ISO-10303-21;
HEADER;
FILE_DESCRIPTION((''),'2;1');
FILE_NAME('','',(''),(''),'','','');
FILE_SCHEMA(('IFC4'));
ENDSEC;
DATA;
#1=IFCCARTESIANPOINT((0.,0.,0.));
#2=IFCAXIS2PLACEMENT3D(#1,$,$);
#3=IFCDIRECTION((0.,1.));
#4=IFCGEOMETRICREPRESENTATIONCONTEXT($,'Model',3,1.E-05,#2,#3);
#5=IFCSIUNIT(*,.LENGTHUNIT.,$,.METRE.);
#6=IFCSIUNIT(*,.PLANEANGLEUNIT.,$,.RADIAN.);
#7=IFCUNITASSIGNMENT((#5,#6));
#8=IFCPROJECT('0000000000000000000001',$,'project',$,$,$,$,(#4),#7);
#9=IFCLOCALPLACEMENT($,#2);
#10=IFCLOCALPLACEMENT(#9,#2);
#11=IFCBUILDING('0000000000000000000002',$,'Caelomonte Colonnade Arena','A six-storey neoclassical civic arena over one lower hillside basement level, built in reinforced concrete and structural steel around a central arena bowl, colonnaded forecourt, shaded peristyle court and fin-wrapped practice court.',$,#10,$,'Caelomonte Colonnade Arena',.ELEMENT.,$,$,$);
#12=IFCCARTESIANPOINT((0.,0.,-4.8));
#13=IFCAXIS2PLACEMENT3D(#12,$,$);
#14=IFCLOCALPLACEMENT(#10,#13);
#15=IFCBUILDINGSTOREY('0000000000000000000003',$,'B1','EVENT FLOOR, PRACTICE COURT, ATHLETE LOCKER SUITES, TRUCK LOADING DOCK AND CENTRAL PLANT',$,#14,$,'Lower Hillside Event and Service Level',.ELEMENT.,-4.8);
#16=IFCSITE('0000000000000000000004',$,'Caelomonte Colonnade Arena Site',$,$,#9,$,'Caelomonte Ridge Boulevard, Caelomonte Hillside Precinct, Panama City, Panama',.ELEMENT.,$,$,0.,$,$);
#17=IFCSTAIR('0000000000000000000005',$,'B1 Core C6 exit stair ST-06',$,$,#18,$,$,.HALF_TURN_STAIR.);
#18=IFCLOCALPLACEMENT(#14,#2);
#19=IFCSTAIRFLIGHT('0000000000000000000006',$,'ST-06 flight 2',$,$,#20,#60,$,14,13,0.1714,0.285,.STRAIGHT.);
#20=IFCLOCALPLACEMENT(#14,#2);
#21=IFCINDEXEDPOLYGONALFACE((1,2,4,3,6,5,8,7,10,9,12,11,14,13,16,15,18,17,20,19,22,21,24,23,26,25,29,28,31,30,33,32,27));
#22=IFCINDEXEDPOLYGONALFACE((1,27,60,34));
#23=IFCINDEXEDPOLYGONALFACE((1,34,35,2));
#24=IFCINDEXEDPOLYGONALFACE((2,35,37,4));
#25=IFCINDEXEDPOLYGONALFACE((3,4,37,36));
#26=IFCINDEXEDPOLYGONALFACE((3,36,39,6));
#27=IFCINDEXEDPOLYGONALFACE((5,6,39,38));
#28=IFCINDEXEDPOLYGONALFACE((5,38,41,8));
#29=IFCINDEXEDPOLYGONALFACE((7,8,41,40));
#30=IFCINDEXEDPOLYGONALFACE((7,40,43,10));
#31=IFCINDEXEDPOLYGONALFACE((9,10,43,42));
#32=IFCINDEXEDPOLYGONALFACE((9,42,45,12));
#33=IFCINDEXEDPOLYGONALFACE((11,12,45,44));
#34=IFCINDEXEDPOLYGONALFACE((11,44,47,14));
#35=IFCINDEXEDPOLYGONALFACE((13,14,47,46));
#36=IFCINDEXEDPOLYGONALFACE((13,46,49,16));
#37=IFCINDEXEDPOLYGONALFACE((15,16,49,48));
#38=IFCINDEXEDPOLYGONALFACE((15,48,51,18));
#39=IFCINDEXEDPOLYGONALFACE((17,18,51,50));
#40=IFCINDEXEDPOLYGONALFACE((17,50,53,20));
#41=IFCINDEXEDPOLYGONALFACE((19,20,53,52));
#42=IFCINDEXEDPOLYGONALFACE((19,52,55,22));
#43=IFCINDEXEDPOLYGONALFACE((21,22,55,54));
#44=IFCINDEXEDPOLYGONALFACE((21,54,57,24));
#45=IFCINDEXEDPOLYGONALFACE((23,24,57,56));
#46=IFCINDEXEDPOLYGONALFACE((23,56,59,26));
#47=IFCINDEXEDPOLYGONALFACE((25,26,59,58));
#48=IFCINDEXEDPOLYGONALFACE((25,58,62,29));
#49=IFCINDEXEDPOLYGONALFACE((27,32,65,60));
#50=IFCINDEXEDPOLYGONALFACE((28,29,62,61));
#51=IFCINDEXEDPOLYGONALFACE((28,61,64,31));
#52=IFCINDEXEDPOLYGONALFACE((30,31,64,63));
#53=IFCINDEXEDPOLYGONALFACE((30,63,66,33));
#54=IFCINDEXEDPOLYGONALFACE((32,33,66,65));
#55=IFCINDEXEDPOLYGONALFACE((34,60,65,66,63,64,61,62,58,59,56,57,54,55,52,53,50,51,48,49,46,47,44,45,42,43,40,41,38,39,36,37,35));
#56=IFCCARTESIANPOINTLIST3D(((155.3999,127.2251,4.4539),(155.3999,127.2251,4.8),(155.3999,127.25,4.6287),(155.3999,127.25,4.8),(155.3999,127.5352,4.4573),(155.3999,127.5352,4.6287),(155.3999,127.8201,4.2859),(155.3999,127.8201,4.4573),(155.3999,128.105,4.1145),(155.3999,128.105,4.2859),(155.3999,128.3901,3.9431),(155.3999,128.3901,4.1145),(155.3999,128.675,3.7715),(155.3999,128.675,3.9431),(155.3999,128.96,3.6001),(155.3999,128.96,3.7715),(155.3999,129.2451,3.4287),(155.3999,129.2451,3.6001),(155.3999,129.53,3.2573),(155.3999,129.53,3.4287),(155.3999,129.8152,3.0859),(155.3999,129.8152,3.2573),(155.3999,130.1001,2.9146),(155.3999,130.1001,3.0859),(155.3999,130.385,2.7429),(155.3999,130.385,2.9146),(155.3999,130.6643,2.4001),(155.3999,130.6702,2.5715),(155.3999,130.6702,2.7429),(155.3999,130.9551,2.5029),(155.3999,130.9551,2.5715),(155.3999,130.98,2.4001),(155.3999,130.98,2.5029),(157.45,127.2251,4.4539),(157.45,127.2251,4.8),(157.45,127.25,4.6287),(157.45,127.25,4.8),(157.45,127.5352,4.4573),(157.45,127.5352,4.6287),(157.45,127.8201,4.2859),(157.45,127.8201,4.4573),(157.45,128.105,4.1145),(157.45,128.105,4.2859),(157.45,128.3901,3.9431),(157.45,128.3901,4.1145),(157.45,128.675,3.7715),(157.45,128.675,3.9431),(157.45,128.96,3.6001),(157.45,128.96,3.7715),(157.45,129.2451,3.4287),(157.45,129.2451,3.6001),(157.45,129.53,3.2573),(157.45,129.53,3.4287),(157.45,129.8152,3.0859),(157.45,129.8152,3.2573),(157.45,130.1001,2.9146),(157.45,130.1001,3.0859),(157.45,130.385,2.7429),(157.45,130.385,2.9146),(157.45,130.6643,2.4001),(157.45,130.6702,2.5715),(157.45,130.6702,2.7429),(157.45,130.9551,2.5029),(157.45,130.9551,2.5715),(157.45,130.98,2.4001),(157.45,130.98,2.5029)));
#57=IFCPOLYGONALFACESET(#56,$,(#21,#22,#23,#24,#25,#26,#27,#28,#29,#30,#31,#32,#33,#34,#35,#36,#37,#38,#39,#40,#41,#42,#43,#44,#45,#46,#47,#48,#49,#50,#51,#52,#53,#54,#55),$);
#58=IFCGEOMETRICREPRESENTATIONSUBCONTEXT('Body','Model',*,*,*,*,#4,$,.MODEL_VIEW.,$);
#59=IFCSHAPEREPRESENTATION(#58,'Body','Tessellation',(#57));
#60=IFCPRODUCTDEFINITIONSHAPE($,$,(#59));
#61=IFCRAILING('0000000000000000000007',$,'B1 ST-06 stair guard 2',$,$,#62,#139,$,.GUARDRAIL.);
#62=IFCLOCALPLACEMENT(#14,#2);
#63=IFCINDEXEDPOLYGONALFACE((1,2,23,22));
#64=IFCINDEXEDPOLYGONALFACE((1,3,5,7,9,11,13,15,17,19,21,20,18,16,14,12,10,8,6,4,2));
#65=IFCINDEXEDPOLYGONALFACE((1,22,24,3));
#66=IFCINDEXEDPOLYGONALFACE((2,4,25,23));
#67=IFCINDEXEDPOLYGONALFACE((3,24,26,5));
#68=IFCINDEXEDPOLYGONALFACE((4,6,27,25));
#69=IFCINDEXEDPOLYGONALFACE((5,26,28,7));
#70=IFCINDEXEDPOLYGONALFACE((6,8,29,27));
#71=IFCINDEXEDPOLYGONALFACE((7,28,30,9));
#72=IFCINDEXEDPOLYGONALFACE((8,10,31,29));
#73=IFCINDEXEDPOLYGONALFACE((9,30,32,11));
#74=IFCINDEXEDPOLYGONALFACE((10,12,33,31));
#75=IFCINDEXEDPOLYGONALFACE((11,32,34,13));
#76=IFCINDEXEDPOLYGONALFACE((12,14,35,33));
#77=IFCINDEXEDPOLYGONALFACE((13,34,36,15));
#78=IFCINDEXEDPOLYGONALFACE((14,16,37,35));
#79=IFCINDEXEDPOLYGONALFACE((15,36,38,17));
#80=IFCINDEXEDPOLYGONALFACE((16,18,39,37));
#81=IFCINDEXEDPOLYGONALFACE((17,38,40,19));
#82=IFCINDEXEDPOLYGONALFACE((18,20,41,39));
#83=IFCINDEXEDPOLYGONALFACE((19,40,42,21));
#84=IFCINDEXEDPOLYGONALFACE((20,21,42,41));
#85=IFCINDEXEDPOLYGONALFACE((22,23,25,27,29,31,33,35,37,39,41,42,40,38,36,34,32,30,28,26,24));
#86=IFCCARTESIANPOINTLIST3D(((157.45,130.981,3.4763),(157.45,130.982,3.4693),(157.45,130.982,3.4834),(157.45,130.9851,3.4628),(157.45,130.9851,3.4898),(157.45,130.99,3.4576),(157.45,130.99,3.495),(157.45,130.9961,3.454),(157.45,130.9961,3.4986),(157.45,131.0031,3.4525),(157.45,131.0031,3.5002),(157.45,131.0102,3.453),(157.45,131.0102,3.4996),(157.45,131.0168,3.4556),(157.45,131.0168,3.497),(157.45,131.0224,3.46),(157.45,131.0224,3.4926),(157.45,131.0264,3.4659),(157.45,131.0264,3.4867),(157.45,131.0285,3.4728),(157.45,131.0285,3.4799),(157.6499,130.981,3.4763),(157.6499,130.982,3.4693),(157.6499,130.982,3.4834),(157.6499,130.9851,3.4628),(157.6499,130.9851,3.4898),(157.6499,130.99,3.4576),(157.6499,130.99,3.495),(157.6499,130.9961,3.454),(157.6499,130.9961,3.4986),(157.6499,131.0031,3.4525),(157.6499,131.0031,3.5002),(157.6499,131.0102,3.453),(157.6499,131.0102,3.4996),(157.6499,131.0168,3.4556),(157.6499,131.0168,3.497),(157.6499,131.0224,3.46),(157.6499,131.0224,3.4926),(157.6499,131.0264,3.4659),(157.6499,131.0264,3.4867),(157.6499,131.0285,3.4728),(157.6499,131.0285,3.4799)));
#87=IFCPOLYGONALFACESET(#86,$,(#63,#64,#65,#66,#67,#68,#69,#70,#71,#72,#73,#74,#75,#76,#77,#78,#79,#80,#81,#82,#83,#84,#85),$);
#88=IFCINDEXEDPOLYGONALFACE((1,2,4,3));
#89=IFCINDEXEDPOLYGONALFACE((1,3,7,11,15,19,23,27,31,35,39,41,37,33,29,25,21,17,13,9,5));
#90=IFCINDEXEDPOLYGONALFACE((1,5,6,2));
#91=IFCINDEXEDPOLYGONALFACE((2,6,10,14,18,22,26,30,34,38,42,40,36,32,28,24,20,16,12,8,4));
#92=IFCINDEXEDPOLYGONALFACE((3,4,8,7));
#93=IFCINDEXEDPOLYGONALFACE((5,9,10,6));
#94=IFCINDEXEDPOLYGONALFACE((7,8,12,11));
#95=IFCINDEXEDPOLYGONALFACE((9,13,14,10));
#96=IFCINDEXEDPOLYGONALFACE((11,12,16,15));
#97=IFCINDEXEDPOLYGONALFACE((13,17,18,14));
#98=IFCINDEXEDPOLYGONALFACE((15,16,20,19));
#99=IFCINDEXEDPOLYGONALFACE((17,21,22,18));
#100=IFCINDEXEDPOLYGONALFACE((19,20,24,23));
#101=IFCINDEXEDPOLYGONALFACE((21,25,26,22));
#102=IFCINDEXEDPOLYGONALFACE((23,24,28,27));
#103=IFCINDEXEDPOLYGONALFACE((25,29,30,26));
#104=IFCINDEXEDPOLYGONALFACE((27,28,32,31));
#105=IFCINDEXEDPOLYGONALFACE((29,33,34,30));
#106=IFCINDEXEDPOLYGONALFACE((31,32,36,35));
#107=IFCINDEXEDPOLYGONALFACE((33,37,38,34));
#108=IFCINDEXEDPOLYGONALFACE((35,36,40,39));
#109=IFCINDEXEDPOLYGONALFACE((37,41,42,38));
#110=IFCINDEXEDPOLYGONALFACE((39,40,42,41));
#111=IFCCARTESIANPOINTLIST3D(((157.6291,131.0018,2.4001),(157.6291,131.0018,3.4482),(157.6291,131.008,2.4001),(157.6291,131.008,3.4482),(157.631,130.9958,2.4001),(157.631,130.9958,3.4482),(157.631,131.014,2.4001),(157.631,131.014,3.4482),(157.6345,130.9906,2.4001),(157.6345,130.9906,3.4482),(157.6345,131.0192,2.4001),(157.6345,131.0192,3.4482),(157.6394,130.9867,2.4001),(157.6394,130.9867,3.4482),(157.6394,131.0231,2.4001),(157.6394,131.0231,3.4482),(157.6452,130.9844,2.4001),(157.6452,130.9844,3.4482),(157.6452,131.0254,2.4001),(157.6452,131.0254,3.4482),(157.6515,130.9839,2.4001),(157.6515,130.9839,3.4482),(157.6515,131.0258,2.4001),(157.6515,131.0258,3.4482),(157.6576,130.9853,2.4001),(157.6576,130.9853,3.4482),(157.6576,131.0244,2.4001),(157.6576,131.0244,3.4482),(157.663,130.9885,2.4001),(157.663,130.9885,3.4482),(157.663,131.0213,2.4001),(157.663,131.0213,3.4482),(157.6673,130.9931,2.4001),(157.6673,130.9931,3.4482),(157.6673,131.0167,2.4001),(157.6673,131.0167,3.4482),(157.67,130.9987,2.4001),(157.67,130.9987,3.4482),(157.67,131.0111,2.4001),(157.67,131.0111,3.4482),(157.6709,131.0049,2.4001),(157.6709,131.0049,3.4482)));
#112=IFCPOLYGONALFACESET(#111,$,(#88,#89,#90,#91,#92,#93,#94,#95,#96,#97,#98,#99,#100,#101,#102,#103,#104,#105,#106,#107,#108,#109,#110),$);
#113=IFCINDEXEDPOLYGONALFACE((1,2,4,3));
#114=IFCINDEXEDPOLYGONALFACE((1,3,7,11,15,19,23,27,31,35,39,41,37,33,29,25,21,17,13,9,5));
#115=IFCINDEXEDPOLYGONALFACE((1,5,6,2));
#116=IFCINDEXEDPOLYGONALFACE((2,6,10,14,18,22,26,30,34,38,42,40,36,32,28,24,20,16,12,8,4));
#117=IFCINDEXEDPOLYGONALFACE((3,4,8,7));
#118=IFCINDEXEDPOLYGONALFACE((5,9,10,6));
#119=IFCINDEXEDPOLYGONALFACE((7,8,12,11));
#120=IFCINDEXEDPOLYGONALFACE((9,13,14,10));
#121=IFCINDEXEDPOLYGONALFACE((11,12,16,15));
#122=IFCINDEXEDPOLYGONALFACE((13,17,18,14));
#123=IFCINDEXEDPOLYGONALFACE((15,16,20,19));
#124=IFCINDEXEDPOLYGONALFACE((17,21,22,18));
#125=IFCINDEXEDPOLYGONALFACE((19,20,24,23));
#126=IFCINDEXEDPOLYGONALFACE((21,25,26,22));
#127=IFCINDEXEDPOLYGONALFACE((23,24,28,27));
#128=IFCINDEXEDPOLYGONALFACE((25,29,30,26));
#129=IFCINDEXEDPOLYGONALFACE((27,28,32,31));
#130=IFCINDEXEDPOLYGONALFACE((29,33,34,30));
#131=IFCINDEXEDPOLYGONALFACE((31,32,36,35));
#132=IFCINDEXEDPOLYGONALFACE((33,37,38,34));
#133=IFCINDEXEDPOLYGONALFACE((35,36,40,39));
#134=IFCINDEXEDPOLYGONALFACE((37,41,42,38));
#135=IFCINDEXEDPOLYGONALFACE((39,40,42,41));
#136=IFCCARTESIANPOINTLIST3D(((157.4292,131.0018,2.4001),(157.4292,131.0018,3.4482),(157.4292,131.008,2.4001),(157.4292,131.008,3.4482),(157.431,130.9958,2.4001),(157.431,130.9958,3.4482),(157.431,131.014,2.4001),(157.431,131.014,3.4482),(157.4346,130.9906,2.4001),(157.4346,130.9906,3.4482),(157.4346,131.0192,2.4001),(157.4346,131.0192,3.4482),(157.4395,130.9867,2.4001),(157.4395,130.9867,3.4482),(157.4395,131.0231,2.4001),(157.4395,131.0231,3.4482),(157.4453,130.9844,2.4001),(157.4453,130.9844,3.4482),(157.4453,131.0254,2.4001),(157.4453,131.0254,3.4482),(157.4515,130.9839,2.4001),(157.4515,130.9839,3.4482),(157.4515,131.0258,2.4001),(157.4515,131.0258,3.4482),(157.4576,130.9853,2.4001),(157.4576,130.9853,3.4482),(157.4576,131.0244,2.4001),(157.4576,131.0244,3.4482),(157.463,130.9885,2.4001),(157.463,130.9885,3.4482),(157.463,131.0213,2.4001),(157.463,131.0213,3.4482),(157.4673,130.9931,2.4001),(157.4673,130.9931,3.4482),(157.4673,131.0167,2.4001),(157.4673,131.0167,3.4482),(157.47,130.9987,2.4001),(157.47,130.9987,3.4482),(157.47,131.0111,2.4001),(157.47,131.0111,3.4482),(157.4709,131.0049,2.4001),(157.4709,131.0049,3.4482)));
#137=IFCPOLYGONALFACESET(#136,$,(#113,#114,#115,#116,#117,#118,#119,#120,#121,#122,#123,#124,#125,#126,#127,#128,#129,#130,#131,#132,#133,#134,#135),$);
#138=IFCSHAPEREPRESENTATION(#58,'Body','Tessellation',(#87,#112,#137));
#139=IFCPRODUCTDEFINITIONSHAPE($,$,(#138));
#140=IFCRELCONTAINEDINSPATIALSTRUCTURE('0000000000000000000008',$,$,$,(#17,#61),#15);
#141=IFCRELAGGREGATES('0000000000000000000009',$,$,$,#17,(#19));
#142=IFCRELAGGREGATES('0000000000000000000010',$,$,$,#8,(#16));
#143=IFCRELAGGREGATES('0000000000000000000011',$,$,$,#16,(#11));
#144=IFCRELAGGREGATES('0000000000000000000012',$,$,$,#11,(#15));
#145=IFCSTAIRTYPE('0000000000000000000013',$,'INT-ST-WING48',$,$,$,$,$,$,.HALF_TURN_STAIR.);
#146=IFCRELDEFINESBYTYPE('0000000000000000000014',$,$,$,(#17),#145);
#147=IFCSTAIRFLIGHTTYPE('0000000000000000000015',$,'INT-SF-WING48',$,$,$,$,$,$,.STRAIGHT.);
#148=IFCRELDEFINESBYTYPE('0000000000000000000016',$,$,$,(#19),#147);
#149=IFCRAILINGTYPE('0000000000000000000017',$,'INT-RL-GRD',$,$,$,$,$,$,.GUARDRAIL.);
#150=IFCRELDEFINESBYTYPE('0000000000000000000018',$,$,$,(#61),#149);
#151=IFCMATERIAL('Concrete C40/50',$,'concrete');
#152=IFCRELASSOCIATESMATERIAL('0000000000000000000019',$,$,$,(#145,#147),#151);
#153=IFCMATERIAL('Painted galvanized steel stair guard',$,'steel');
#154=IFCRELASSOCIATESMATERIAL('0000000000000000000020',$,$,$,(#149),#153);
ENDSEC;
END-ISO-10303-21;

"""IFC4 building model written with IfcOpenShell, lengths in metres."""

from ifc_helpers import new_model, si_unit, direction, frame, origin, origin_2d, place, context, subcontext, project, spatial, polyline, circle, outline, extrude, material, type_object, element, aggregate, save


model = new_model("IFC4")

# Units and contexts
model_context = context("Model", 3, precision=1e-05, world=origin(), true_north=direction((0.0, 1.0)))
body_context = subcontext(model_context, "Body", "Model", "MODEL_VIEW")
ifc_project = project(units=[si_unit("LENGTHUNIT", "METRE"), si_unit("PLANEANGLEUNIT", "RADIAN")], contexts=[model_context])

# Site, building, storey
site_placement = place(None, origin())
site = spatial("IfcSite", under=ifc_project, at=site_placement, Name="Caelomonte Colonnade Arena Site", LongName="Caelomonte Ridge Boulevard, Caelomonte Hillside Precinct, Panama City, Panama", CompositionType="ELEMENT", RefElevation=0.0)
building_placement = place(site_placement, origin())
building = spatial("IfcBuilding", under=site, at=building_placement, Name="Caelomonte Colonnade Arena", Description="A six-storey neoclassical civic arena over one lower hillside basement level, built in reinforced concrete and structural steel around a central arena bowl, colonnaded forecourt, shaded peristyle court and fin-wrapped practice court.", LongName="Caelomonte Colonnade Arena", CompositionType="ELEMENT")
storey_placement = place(building_placement, frame((0.0, 0.0, -4.8)))
storey = spatial("IfcBuildingStorey", under=building, at=storey_placement, Name="B1", Description="EVENT FLOOR, PRACTICE COURT, ATHLETE LOCKER SUITES, TRUCK LOADING DOCK AND CENTRAL PLANT", LongName="Lower Hillside Event and Service Level", CompositionType="ELEMENT", Elevation=-4.8)

# Shared definitions
ifc_material_1 = material(Name="Concrete C40/50", Category="concrete")

# Stair, stair flight
stair_type = type_object("IfcStairType", Name="INT-ST-WING48", PredefinedType="HALF_TURN_STAIR", material=ifc_material_1)
stair_placement = place(storey_placement, origin())
stair = element("IfcStair", 1, at=stair_placement, inside=storey, type_object=stair_type, Name="B1 Core C6 exit stair ST-06", PredefinedType="HALF_TURN_STAIR")
stair_flight_type = type_object("IfcStairFlightType", Name="INT-SF-WING48", PredefinedType="STRAIGHT", material=ifc_material_1)
stair_flight_placement = place(storey_placement, frame((156.425, 130.9551, 2.4001), z_axis=(0.0, 0.0, 1.0), x_axis=(0.0, -1.0, 0.0)))
stair_flight = element("IfcStairFlight", 2, at=stair_flight_placement, type_object=stair_flight_type, Name="ST-06 flight 2", NumberOfRisers=14, NumberOfTreads=13, PredefinedType="STRAIGHT", RiserHeight=0.1714, TreadLength=0.285, context=body_context, shape_type="SweptSolid", body=[
    extrude(outline(polyline([(-0.0249, 0.0), (-0.0249, 0.1028), (0.0, 0.1028), (0.0, 0.1714), (0.2849, 0.1714), (0.2849, 0.3428), (0.5701, 0.3428), (0.5701, 0.5144), (0.855, 0.5144), (0.855, 0.6858), (1.1399, 0.6858), (1.1399, 0.8572), (1.425, 0.8572), (1.425, 1.0286), (1.71, 1.0286), (1.71, 1.2), (1.9951, 1.2), (1.9951, 1.3713), (2.28, 1.3713), (2.28, 1.543), (2.5649, 1.543), (2.5649, 1.7144), (2.8501, 1.7144), (2.8501, 1.8857), (3.135, 1.8857), (3.135, 2.0571), (3.4199, 2.0571), (3.4199, 2.2285), (3.7051, 2.2285), (3.7051, 2.3999), (3.73, 2.3999), (3.73, 2.0537), (0.2908, 0.0), (-0.0249, 0.0)])), frame((0.0, 1.0249, 0.0), z_axis=(0.0, -1.0, 0.0), x_axis=(1.0, 0.0, 0.0)), (0.0, 0.0, 1.0), 2.05),
])
aggregate(stair, [stair_flight])

# Railing
ifc_material_2 = material(Name="Painted galvanized steel stair guard", Category="steel")
railing_type_1 = type_object("IfcRailingType", Name="INT-RL-GRD", PredefinedType="GUARDRAIL", material=ifc_material_2)
railing_1_placement = place(storey_placement, frame((157.6499, 131.0049, 2.4001)))
element("IfcRailing", 3, at=railing_1_placement, inside=storey, type_object=railing_type_1, Name="B1 ST-06 stair guard 2", PredefinedType="GUARDRAIL", context=body_context, shape_type="SweptSolid", body=[
    extrude(circle(Radius=0.0239, at=origin_2d()), frame((0.0, 0.0, 1.0762), z_axis=(-1.0, 0.0, 0.0), x_axis=(0.0, -1.0, 0.0)), (0.0, 0.0, 1.0), 0.2),
    extrude(circle(Radius=0.021, at=origin_2d()), origin(), (0.0, 0.0, 1.0), 1.0481),
    extrude(circle(Radius=0.021, at=origin_2d()), frame((-0.2, 0.0, 0.0)), (0.0, 0.0, 1.0), 1.0481),
])

save(model, "model.ifc")
